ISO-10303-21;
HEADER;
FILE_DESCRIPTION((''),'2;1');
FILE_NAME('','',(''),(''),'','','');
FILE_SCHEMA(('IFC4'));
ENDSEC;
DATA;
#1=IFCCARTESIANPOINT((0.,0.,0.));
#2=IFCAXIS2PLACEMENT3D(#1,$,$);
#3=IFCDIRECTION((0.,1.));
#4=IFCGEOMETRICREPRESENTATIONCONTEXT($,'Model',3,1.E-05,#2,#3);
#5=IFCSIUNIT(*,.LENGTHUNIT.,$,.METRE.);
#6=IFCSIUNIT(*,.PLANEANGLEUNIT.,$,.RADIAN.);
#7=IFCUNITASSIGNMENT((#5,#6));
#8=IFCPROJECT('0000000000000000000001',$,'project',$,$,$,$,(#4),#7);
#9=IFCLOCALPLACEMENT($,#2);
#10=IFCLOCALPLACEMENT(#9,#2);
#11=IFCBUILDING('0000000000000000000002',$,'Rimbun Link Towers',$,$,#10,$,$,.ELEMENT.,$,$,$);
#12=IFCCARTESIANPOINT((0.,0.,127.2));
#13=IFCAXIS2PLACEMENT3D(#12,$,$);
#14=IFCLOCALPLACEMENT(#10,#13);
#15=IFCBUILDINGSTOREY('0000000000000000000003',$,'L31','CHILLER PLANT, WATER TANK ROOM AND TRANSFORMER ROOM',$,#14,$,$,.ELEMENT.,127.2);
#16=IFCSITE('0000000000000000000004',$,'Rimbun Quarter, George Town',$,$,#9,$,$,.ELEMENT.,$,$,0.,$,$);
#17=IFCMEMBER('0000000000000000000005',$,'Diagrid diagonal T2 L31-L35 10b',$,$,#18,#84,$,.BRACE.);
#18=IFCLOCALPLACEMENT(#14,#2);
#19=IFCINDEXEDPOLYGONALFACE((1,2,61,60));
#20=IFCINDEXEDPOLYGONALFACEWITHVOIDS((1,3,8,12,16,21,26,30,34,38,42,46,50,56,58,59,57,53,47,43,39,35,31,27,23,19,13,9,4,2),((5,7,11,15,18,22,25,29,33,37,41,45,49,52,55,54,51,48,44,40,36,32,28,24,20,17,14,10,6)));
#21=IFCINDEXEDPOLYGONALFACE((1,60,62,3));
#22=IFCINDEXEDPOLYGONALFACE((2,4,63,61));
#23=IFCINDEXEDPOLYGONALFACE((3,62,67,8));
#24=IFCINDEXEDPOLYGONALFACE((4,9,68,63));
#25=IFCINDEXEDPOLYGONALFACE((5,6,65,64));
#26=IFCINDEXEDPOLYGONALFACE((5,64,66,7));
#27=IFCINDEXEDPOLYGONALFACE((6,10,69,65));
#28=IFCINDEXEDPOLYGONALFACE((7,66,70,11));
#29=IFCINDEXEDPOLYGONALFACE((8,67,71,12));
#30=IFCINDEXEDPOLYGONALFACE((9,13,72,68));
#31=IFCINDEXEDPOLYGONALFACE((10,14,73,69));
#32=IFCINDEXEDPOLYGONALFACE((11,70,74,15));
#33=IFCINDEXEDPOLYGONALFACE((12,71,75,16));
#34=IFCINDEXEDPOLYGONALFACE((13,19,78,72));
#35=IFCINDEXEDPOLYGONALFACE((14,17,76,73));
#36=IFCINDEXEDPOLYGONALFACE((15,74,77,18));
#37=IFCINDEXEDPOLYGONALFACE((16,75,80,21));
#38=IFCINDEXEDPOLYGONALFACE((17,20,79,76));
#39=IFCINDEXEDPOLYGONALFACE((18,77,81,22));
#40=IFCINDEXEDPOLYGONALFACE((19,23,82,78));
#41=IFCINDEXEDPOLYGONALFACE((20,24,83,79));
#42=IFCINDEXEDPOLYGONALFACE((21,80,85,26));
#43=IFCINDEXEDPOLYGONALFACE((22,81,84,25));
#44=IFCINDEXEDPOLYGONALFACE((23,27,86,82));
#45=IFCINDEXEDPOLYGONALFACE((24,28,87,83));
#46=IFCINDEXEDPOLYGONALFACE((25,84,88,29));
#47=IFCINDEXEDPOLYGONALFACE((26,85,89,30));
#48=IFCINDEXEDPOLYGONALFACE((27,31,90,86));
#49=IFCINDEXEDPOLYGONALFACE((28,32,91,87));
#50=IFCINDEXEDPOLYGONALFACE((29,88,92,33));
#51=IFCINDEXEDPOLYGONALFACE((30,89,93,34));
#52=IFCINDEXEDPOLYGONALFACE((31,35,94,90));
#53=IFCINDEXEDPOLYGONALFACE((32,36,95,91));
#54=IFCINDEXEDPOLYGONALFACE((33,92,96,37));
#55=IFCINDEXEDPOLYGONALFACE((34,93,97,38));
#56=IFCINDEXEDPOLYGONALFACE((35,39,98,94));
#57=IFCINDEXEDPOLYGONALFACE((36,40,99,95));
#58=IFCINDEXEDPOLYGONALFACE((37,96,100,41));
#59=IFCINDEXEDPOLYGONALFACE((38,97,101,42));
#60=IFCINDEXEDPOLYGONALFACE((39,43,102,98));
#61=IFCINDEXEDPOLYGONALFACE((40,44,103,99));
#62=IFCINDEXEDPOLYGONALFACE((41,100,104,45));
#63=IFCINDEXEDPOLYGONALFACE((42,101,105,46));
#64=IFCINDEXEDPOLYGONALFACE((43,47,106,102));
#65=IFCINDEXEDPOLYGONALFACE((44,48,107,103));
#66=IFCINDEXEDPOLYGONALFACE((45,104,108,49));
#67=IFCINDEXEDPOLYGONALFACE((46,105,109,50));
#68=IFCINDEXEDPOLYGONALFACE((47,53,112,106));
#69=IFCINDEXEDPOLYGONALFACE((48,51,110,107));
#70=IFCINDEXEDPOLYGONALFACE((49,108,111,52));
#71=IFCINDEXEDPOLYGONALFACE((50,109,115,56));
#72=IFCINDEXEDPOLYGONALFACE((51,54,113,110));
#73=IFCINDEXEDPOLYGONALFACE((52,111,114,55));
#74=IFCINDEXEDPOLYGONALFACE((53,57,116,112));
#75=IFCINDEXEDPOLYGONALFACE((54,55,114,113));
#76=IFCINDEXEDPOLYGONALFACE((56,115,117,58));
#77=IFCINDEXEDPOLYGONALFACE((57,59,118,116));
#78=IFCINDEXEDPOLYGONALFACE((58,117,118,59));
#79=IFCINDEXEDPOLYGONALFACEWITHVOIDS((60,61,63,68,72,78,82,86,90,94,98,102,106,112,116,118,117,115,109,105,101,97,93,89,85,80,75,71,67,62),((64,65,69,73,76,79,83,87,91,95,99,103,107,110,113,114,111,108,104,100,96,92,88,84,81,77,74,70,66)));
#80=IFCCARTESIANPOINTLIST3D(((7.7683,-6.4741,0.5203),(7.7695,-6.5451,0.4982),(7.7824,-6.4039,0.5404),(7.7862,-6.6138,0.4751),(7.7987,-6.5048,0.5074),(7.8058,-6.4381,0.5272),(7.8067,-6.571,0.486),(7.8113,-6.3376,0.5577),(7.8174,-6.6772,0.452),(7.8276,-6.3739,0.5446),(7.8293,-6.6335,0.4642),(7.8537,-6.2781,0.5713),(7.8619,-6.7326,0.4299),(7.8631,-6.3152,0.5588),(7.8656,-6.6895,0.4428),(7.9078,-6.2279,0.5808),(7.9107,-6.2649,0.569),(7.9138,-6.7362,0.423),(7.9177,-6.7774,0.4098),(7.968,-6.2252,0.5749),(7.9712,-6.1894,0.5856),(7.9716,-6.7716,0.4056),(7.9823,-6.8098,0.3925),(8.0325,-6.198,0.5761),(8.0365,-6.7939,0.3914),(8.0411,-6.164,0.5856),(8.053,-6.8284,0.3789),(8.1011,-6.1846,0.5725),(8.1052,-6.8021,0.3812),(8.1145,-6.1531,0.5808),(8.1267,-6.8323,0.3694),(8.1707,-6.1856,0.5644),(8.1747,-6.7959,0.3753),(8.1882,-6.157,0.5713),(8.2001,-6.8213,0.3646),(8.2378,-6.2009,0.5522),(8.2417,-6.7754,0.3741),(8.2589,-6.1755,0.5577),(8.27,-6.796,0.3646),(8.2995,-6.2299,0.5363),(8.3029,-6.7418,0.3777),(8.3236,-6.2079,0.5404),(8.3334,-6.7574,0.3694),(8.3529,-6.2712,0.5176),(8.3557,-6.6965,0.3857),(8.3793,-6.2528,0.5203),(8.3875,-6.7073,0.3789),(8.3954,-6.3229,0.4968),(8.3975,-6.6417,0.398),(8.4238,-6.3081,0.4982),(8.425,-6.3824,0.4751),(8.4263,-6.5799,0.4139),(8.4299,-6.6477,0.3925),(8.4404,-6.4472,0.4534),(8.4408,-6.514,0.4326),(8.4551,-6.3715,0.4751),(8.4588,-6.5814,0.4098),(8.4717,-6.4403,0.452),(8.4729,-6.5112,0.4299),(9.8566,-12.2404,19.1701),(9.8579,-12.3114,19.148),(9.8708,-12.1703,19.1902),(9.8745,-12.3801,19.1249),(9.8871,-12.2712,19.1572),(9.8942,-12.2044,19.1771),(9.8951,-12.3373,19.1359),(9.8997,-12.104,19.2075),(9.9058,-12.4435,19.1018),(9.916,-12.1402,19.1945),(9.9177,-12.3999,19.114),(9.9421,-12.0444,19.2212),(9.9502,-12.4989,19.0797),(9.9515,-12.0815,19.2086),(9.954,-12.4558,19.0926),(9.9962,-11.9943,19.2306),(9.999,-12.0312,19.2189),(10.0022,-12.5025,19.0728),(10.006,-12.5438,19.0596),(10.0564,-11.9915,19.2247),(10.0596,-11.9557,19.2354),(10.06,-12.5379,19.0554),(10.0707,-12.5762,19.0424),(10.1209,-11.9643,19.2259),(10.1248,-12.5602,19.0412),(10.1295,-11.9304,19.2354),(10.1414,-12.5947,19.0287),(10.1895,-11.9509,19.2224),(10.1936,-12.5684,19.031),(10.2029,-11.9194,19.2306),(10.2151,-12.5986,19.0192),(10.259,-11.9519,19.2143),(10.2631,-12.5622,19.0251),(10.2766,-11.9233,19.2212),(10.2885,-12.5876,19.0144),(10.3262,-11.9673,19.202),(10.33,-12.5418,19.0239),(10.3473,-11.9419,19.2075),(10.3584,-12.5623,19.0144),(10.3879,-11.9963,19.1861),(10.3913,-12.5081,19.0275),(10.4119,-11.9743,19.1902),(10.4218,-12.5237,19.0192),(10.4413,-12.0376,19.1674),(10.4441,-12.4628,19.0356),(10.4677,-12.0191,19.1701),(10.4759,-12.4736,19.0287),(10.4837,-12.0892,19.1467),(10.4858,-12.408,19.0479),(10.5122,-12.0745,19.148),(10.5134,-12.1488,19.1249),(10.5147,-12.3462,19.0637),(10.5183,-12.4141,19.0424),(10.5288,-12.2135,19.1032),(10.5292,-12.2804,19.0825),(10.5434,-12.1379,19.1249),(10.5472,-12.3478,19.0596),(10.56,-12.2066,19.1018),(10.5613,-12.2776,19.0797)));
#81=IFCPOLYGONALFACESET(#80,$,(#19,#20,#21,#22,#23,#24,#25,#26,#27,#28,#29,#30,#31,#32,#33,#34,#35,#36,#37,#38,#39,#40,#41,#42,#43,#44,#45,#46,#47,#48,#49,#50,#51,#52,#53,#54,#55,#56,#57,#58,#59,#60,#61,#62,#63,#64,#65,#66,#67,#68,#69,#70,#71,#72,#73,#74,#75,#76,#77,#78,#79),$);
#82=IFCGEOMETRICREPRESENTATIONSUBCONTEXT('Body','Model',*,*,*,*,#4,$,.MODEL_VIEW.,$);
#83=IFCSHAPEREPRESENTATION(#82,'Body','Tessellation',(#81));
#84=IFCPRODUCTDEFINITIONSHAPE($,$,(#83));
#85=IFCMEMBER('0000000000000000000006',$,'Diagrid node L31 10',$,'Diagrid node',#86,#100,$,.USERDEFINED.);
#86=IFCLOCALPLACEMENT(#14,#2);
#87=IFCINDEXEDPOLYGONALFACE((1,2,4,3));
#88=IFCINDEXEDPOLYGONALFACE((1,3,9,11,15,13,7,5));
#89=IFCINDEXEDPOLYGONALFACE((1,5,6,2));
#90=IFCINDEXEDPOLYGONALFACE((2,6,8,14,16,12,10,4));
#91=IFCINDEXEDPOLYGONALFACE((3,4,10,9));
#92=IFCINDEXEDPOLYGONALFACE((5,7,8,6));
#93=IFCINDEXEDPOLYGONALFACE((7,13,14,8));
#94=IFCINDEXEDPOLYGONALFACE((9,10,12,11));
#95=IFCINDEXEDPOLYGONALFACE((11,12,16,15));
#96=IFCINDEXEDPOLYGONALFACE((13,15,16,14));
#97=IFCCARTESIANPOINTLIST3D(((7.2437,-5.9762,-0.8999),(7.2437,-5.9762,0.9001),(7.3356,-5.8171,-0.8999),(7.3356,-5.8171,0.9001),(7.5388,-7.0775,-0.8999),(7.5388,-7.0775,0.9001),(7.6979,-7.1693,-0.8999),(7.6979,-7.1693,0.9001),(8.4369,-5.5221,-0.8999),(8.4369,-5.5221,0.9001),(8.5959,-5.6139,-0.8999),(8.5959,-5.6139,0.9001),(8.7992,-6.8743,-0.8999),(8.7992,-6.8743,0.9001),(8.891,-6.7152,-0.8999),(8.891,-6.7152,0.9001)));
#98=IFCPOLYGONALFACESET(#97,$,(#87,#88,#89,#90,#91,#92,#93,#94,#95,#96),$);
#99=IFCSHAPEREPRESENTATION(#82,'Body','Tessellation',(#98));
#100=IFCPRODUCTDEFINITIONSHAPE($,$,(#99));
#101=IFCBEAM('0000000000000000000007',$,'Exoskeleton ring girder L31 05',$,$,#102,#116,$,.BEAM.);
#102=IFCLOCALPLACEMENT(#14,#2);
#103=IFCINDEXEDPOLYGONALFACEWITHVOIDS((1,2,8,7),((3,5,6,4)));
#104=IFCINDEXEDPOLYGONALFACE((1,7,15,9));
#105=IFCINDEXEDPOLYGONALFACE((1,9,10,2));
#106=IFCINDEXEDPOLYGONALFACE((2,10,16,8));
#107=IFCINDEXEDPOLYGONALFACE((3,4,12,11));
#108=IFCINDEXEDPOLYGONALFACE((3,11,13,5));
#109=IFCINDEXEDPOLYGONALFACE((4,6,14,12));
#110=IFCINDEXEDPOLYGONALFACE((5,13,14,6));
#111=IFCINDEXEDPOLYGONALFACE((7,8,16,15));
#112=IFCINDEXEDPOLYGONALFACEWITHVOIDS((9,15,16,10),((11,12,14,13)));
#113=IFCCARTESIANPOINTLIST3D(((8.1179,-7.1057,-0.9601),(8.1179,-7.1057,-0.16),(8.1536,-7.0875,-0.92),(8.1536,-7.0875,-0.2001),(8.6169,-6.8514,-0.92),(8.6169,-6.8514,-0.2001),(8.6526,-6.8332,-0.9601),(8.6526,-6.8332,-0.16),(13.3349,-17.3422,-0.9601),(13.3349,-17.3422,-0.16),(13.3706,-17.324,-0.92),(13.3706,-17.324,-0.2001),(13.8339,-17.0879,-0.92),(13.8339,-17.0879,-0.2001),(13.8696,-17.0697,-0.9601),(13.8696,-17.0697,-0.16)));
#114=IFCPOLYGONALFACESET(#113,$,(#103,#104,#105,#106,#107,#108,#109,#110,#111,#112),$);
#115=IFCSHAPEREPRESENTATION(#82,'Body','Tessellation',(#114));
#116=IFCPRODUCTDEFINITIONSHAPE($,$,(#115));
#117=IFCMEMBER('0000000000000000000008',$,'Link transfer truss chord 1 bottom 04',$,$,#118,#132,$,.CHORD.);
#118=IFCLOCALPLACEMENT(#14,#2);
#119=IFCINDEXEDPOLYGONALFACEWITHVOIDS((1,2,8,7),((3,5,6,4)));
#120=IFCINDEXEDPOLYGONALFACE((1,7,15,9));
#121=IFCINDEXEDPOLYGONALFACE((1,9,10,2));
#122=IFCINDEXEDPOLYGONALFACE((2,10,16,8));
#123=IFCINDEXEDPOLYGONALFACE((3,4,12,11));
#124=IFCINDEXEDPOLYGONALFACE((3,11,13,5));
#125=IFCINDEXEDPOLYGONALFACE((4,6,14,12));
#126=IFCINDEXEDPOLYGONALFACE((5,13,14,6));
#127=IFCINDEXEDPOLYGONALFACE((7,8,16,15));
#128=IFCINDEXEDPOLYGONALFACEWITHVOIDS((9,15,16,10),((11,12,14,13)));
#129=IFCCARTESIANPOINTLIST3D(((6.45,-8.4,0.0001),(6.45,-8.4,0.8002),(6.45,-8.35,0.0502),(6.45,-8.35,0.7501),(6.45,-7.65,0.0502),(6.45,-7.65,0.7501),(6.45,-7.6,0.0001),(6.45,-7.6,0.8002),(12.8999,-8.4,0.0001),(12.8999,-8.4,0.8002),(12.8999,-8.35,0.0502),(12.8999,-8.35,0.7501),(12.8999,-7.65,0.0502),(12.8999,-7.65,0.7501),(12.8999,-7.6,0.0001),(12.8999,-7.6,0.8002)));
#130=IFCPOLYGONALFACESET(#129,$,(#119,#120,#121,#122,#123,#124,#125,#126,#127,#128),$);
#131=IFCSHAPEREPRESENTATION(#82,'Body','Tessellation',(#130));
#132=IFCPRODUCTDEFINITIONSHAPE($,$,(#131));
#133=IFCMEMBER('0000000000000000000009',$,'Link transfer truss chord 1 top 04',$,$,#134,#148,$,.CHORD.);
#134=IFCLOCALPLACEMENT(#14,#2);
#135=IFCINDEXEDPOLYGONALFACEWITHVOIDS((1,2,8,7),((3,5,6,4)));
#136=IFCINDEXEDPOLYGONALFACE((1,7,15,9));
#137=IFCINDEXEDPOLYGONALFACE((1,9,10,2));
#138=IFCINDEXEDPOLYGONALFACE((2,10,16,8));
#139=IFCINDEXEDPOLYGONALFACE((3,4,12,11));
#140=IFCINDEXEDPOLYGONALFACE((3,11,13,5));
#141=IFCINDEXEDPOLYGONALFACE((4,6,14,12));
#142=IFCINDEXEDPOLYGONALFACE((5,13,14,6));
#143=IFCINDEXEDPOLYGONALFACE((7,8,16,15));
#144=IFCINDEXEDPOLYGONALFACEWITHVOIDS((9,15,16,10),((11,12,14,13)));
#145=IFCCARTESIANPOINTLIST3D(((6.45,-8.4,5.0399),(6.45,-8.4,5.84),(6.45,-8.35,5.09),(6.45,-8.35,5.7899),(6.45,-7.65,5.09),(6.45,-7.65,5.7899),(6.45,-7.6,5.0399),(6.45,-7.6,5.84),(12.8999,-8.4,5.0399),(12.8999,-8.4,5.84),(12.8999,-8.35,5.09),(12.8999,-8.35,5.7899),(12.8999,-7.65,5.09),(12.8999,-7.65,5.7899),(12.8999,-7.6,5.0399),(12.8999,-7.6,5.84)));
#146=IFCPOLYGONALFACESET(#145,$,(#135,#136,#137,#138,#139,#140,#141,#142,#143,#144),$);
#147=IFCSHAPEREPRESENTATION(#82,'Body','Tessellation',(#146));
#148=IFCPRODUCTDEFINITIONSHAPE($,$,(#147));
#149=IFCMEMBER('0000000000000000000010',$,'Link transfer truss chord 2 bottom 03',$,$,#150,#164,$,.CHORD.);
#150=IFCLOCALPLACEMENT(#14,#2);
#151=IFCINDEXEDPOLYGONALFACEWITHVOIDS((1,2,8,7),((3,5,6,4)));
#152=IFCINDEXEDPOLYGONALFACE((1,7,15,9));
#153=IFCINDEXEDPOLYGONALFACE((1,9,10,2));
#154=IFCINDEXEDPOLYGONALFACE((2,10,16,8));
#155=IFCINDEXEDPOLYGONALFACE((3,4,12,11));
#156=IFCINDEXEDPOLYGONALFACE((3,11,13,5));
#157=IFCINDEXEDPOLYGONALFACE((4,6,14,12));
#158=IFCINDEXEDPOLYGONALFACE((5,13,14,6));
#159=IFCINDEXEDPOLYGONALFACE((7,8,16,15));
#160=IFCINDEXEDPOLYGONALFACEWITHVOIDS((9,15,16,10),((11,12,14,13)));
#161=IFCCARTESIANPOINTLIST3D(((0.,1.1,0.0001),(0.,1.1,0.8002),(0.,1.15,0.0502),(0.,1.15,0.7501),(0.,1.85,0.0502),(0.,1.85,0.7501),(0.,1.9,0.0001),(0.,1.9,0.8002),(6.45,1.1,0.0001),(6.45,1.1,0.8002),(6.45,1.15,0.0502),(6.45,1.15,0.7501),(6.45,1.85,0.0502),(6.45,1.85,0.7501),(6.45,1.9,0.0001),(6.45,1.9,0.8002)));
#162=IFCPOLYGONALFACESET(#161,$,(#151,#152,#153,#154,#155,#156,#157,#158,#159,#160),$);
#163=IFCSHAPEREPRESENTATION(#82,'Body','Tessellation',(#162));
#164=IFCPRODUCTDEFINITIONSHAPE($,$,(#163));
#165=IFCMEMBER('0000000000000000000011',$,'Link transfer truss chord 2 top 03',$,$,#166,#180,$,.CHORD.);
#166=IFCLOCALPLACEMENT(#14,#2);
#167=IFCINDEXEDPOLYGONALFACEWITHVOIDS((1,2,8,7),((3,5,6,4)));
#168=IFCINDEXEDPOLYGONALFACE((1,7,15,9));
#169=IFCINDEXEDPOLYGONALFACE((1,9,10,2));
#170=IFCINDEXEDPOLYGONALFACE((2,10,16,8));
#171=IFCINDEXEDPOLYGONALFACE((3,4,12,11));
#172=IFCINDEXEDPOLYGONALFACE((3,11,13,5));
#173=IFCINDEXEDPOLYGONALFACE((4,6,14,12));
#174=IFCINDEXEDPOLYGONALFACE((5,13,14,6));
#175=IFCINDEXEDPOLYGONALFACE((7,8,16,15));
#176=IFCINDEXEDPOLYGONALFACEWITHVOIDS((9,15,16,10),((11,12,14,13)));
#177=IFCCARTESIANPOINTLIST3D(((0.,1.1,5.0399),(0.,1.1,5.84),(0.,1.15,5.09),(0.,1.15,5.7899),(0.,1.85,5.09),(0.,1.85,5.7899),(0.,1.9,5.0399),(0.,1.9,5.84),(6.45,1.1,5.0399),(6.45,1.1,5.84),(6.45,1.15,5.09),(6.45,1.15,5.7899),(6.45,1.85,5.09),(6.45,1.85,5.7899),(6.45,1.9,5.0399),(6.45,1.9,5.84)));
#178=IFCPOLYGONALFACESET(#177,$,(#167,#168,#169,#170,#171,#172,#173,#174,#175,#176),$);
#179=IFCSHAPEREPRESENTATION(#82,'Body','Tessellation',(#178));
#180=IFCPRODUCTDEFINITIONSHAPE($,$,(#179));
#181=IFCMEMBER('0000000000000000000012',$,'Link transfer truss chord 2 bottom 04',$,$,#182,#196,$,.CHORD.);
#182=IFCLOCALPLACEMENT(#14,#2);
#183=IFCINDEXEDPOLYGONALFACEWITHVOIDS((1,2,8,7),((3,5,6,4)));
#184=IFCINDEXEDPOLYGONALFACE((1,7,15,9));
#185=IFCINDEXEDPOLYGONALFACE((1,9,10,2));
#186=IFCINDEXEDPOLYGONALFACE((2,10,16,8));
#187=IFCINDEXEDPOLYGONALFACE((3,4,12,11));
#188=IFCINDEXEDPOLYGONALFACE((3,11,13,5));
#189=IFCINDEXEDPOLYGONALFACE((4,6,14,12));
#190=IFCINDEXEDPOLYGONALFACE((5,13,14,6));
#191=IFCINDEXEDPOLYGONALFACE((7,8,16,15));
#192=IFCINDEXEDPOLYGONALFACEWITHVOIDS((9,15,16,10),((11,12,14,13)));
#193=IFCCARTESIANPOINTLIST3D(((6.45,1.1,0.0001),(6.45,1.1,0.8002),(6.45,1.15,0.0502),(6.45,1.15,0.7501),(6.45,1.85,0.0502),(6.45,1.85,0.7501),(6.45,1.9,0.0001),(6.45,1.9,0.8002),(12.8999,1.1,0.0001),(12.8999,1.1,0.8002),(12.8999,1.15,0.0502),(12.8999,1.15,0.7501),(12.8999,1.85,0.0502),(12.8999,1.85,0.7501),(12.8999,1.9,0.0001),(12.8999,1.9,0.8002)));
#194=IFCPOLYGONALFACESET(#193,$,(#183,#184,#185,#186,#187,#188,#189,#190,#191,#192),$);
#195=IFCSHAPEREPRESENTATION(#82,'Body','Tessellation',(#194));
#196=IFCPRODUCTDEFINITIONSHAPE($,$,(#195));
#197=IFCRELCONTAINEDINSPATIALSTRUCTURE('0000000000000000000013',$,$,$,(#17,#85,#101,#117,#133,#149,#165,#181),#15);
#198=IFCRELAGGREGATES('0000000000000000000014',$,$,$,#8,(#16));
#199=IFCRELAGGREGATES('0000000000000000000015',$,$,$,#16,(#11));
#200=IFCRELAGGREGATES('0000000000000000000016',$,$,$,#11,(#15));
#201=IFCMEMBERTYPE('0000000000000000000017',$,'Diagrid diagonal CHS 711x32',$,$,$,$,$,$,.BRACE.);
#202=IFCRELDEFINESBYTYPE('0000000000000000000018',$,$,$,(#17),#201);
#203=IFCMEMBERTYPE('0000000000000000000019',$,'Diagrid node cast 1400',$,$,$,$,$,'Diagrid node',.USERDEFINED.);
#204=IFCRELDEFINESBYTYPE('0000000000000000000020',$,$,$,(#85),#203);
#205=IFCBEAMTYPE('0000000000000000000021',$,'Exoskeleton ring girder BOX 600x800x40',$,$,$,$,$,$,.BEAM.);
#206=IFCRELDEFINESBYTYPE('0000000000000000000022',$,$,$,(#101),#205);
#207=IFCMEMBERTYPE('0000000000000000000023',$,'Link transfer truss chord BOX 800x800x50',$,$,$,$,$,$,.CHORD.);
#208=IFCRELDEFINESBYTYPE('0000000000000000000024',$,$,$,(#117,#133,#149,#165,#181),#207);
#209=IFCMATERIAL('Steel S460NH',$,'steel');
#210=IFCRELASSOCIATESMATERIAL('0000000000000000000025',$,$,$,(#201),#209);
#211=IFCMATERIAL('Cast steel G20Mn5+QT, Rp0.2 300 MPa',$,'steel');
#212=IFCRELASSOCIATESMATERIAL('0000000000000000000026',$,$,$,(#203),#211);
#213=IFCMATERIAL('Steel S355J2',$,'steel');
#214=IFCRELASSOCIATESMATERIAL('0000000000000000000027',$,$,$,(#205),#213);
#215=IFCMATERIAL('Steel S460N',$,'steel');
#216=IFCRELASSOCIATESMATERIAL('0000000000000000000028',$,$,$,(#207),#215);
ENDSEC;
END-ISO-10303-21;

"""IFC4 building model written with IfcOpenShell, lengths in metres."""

from ifc_helpers import new_model, si_unit, direction, frame, origin, origin_2d, place, context, subcontext, project, spatial, polyline, hollow_rectangle, hollow_circle, outline, extrude, material, material_profile, profile_set, type_object, element, save


model = new_model("IFC4")

# Units and contexts
model_context = context("Model", 3, precision=1e-05, world=origin(), true_north=direction((0.0, 1.0)))
body_context = subcontext(model_context, "Body", "Model", "MODEL_VIEW")
ifc_project = project(units=[si_unit("LENGTHUNIT", "METRE"), si_unit("PLANEANGLEUNIT", "RADIAN")], contexts=[model_context])

# Site, building, storey
site_placement = place(None, origin())
site = spatial("IfcSite", under=ifc_project, at=site_placement, Name="Rimbun Quarter, George Town", CompositionType="ELEMENT", RefElevation=0.0)
building_placement = place(site_placement, origin())
building = spatial("IfcBuilding", under=site, at=building_placement, Name="Rimbun Link Towers", CompositionType="ELEMENT")
storey_placement = place(building_placement, frame((0.0, 0.0, 127.2)))
storey = spatial("IfcBuildingStorey", under=building, at=storey_placement, Name="L31", Description="CHILLER PLANT, WATER TANK ROOM AND TRANSFORMER ROOM", CompositionType="ELEMENT", Elevation=127.2)

# Members
ifc_material_1 = material(Name="Steel S460NH", Category="steel")
ifc_material_profile_1 = material_profile(ifc_material_1, hollow_circle(Radius=0.3557, WallThickness=0.032, at=origin_2d()), Name="Diagrid diagonal CHS 711x32")
ifc_profile_set_1 = profile_set([ifc_material_profile_1], Name="Steel S460NH")
member_type_1 = type_object("IfcMemberType", Name="Diagrid diagonal CHS 711x32", PredefinedType="BRACE", material=ifc_profile_set_1)
member_1_placement = place(storey_placement, frame((8.1206, -6.4927, 0.4751), z_axis=(0.106374, -0.293716, 0.949955), x_axis=(0.940237, 0.340522, 0.0)))
element("IfcMember", 1, at=member_1_placement, inside=storey, type_object=member_type_1, Name="Diagrid diagonal T2 L31-L35 10b", PredefinedType="BRACE", context=body_context, shape_type="SweptSolid", body=[
    extrude(hollow_circle(Radius=0.3557, WallThickness=0.032, at=origin_2d()), origin(), (0.0, 0.0, 1.0), 19.6323),
])
ifc_material_2 = material(Name="Cast steel G20Mn5+QT, Rp0.2 300 MPa", Category="steel")
ifc_material_profile_2 = material_profile(ifc_material_2, outline(polyline([(0.7, -0.5701), (0.7, 0.5701), (0.5701, 0.7), (-0.5701, 0.7), (-0.7, 0.5701), (-0.7, -0.5701), (-0.5701, -0.7), (0.5701, -0.7), (0.7, -0.5701)])), Name="NODE 1400x1400")
ifc_profile_set_2 = profile_set([ifc_material_profile_2], Name="Cast steel G20Mn5+QT, Rp0.2 300 MPa")
member_type_2 = type_object("IfcMemberType", Name="Diagrid node cast 1400", ElementType="Diagrid node", PredefinedType="USERDEFINED", material=ifc_profile_set_2)
member_2_placement = place(storey_placement, frame((8.0674, -6.3457, -0.8999), z_axis=(0.0, 0.0, 1.0), x_axis=(-0.965926, -0.258819, 0.0)))
element("IfcMember", 2, at=member_2_placement, inside=storey, type_object=member_type_2, Name="Diagrid node L31 10", ObjectType="Diagrid node", PredefinedType="USERDEFINED", context=body_context, shape_type="SweptSolid", body=[
    extrude(outline(polyline([(0.7, -0.5701), (0.7, 0.5701), (0.5701, 0.7), (-0.5701, 0.7), (-0.7, 0.5701), (-0.7, -0.5701), (-0.5701, -0.7), (0.5701, -0.7), (0.7, -0.5701)])), origin(), (0.0, 0.0, 1.0), 1.8),
])

# Beam
ifc_material_3 = material(Name="Steel S355J2", Category="steel")
ifc_material_profile_3 = material_profile(ifc_material_3, hollow_rectangle(XDim=0.6001, YDim=0.8, WallThickness=0.04, at=origin_2d()), Name="Exoskeleton ring girder BOX 600x800x40")
ifc_profile_set_3 = profile_set([ifc_material_profile_3], Name="Steel S355J2")
beam_type = type_object("IfcBeamType", Name="Exoskeleton ring girder BOX 600x800x40", PredefinedType="BEAM", material=ifc_profile_set_3)
beam_placement = place(storey_placement, frame((8.3853, -6.9695, -0.5601), z_axis=(0.454077, -0.890963, 0.0), x_axis=(0.890963, 0.454077, 0.0)))
element("IfcBeam", 3, at=beam_placement, inside=storey, type_object=beam_type, Name="Exoskeleton ring girder L31 05", PredefinedType="BEAM", context=body_context, shape_type="SweptSolid", body=[
    extrude(hollow_rectangle(XDim=0.6001, YDim=0.8, WallThickness=0.04, at=origin_2d()), origin(), (0.0, 0.0, 1.0), 11.4893),
])

# Members
ifc_material_4 = material(Name="Steel S460N", Category="steel")
ifc_material_profile_4 = material_profile(ifc_material_4, hollow_rectangle(XDim=0.8, YDim=0.8, WallThickness=0.05, at=origin_2d()), Name="Link transfer truss chord BOX 800x800x50")
ifc_profile_set_4 = profile_set([ifc_material_profile_4], Name="Steel S460N")
member_type_3 = type_object("IfcMemberType", Name="Link transfer truss chord BOX 800x800x50", PredefinedType="CHORD", material=ifc_profile_set_4)
for number, where, z_axis, x_axis, name in (
    (4, (6.45, -8.0, 0.4001), (1.0, 0.0, 0.0), (0.0, 1.0, 0.0), "Link transfer truss chord 1 bottom 04"),
    (5, (6.45, -8.0, 5.4399), (1.0, 0.0, 0.0), (0.0, 1.0, 0.0), "Link transfer truss chord 1 top 04"),
    (6, (0.0, 1.5, 0.4001), (1.0, 0.0, 0.0), (0.0, 1.0, 0.0), "Link transfer truss chord 2 bottom 03"),
    (7, (0.0, 1.5, 5.4399), (1.0, 0.0, 0.0), (0.0, 1.0, 0.0), "Link transfer truss chord 2 top 03"),
    (8, (6.45, 1.5, 0.4001), (1.0, 0.0, 0.0), (0.0, 1.0, 0.0), "Link transfer truss chord 2 bottom 04"),
):
    element("IfcMember", number, at=place(storey_placement, frame(where, z_axis=z_axis, x_axis=x_axis)), inside=storey, type_object=member_type_3, Name=name, PredefinedType="CHORD", context=body_context, shape_type="SweptSolid", body=[
        extrude(hollow_rectangle(XDim=0.8, YDim=0.8, WallThickness=0.05, at=origin_2d()), origin(), (0.0, 0.0, 1.0), 6.45),
    ])

save(model, "model.ifc")
